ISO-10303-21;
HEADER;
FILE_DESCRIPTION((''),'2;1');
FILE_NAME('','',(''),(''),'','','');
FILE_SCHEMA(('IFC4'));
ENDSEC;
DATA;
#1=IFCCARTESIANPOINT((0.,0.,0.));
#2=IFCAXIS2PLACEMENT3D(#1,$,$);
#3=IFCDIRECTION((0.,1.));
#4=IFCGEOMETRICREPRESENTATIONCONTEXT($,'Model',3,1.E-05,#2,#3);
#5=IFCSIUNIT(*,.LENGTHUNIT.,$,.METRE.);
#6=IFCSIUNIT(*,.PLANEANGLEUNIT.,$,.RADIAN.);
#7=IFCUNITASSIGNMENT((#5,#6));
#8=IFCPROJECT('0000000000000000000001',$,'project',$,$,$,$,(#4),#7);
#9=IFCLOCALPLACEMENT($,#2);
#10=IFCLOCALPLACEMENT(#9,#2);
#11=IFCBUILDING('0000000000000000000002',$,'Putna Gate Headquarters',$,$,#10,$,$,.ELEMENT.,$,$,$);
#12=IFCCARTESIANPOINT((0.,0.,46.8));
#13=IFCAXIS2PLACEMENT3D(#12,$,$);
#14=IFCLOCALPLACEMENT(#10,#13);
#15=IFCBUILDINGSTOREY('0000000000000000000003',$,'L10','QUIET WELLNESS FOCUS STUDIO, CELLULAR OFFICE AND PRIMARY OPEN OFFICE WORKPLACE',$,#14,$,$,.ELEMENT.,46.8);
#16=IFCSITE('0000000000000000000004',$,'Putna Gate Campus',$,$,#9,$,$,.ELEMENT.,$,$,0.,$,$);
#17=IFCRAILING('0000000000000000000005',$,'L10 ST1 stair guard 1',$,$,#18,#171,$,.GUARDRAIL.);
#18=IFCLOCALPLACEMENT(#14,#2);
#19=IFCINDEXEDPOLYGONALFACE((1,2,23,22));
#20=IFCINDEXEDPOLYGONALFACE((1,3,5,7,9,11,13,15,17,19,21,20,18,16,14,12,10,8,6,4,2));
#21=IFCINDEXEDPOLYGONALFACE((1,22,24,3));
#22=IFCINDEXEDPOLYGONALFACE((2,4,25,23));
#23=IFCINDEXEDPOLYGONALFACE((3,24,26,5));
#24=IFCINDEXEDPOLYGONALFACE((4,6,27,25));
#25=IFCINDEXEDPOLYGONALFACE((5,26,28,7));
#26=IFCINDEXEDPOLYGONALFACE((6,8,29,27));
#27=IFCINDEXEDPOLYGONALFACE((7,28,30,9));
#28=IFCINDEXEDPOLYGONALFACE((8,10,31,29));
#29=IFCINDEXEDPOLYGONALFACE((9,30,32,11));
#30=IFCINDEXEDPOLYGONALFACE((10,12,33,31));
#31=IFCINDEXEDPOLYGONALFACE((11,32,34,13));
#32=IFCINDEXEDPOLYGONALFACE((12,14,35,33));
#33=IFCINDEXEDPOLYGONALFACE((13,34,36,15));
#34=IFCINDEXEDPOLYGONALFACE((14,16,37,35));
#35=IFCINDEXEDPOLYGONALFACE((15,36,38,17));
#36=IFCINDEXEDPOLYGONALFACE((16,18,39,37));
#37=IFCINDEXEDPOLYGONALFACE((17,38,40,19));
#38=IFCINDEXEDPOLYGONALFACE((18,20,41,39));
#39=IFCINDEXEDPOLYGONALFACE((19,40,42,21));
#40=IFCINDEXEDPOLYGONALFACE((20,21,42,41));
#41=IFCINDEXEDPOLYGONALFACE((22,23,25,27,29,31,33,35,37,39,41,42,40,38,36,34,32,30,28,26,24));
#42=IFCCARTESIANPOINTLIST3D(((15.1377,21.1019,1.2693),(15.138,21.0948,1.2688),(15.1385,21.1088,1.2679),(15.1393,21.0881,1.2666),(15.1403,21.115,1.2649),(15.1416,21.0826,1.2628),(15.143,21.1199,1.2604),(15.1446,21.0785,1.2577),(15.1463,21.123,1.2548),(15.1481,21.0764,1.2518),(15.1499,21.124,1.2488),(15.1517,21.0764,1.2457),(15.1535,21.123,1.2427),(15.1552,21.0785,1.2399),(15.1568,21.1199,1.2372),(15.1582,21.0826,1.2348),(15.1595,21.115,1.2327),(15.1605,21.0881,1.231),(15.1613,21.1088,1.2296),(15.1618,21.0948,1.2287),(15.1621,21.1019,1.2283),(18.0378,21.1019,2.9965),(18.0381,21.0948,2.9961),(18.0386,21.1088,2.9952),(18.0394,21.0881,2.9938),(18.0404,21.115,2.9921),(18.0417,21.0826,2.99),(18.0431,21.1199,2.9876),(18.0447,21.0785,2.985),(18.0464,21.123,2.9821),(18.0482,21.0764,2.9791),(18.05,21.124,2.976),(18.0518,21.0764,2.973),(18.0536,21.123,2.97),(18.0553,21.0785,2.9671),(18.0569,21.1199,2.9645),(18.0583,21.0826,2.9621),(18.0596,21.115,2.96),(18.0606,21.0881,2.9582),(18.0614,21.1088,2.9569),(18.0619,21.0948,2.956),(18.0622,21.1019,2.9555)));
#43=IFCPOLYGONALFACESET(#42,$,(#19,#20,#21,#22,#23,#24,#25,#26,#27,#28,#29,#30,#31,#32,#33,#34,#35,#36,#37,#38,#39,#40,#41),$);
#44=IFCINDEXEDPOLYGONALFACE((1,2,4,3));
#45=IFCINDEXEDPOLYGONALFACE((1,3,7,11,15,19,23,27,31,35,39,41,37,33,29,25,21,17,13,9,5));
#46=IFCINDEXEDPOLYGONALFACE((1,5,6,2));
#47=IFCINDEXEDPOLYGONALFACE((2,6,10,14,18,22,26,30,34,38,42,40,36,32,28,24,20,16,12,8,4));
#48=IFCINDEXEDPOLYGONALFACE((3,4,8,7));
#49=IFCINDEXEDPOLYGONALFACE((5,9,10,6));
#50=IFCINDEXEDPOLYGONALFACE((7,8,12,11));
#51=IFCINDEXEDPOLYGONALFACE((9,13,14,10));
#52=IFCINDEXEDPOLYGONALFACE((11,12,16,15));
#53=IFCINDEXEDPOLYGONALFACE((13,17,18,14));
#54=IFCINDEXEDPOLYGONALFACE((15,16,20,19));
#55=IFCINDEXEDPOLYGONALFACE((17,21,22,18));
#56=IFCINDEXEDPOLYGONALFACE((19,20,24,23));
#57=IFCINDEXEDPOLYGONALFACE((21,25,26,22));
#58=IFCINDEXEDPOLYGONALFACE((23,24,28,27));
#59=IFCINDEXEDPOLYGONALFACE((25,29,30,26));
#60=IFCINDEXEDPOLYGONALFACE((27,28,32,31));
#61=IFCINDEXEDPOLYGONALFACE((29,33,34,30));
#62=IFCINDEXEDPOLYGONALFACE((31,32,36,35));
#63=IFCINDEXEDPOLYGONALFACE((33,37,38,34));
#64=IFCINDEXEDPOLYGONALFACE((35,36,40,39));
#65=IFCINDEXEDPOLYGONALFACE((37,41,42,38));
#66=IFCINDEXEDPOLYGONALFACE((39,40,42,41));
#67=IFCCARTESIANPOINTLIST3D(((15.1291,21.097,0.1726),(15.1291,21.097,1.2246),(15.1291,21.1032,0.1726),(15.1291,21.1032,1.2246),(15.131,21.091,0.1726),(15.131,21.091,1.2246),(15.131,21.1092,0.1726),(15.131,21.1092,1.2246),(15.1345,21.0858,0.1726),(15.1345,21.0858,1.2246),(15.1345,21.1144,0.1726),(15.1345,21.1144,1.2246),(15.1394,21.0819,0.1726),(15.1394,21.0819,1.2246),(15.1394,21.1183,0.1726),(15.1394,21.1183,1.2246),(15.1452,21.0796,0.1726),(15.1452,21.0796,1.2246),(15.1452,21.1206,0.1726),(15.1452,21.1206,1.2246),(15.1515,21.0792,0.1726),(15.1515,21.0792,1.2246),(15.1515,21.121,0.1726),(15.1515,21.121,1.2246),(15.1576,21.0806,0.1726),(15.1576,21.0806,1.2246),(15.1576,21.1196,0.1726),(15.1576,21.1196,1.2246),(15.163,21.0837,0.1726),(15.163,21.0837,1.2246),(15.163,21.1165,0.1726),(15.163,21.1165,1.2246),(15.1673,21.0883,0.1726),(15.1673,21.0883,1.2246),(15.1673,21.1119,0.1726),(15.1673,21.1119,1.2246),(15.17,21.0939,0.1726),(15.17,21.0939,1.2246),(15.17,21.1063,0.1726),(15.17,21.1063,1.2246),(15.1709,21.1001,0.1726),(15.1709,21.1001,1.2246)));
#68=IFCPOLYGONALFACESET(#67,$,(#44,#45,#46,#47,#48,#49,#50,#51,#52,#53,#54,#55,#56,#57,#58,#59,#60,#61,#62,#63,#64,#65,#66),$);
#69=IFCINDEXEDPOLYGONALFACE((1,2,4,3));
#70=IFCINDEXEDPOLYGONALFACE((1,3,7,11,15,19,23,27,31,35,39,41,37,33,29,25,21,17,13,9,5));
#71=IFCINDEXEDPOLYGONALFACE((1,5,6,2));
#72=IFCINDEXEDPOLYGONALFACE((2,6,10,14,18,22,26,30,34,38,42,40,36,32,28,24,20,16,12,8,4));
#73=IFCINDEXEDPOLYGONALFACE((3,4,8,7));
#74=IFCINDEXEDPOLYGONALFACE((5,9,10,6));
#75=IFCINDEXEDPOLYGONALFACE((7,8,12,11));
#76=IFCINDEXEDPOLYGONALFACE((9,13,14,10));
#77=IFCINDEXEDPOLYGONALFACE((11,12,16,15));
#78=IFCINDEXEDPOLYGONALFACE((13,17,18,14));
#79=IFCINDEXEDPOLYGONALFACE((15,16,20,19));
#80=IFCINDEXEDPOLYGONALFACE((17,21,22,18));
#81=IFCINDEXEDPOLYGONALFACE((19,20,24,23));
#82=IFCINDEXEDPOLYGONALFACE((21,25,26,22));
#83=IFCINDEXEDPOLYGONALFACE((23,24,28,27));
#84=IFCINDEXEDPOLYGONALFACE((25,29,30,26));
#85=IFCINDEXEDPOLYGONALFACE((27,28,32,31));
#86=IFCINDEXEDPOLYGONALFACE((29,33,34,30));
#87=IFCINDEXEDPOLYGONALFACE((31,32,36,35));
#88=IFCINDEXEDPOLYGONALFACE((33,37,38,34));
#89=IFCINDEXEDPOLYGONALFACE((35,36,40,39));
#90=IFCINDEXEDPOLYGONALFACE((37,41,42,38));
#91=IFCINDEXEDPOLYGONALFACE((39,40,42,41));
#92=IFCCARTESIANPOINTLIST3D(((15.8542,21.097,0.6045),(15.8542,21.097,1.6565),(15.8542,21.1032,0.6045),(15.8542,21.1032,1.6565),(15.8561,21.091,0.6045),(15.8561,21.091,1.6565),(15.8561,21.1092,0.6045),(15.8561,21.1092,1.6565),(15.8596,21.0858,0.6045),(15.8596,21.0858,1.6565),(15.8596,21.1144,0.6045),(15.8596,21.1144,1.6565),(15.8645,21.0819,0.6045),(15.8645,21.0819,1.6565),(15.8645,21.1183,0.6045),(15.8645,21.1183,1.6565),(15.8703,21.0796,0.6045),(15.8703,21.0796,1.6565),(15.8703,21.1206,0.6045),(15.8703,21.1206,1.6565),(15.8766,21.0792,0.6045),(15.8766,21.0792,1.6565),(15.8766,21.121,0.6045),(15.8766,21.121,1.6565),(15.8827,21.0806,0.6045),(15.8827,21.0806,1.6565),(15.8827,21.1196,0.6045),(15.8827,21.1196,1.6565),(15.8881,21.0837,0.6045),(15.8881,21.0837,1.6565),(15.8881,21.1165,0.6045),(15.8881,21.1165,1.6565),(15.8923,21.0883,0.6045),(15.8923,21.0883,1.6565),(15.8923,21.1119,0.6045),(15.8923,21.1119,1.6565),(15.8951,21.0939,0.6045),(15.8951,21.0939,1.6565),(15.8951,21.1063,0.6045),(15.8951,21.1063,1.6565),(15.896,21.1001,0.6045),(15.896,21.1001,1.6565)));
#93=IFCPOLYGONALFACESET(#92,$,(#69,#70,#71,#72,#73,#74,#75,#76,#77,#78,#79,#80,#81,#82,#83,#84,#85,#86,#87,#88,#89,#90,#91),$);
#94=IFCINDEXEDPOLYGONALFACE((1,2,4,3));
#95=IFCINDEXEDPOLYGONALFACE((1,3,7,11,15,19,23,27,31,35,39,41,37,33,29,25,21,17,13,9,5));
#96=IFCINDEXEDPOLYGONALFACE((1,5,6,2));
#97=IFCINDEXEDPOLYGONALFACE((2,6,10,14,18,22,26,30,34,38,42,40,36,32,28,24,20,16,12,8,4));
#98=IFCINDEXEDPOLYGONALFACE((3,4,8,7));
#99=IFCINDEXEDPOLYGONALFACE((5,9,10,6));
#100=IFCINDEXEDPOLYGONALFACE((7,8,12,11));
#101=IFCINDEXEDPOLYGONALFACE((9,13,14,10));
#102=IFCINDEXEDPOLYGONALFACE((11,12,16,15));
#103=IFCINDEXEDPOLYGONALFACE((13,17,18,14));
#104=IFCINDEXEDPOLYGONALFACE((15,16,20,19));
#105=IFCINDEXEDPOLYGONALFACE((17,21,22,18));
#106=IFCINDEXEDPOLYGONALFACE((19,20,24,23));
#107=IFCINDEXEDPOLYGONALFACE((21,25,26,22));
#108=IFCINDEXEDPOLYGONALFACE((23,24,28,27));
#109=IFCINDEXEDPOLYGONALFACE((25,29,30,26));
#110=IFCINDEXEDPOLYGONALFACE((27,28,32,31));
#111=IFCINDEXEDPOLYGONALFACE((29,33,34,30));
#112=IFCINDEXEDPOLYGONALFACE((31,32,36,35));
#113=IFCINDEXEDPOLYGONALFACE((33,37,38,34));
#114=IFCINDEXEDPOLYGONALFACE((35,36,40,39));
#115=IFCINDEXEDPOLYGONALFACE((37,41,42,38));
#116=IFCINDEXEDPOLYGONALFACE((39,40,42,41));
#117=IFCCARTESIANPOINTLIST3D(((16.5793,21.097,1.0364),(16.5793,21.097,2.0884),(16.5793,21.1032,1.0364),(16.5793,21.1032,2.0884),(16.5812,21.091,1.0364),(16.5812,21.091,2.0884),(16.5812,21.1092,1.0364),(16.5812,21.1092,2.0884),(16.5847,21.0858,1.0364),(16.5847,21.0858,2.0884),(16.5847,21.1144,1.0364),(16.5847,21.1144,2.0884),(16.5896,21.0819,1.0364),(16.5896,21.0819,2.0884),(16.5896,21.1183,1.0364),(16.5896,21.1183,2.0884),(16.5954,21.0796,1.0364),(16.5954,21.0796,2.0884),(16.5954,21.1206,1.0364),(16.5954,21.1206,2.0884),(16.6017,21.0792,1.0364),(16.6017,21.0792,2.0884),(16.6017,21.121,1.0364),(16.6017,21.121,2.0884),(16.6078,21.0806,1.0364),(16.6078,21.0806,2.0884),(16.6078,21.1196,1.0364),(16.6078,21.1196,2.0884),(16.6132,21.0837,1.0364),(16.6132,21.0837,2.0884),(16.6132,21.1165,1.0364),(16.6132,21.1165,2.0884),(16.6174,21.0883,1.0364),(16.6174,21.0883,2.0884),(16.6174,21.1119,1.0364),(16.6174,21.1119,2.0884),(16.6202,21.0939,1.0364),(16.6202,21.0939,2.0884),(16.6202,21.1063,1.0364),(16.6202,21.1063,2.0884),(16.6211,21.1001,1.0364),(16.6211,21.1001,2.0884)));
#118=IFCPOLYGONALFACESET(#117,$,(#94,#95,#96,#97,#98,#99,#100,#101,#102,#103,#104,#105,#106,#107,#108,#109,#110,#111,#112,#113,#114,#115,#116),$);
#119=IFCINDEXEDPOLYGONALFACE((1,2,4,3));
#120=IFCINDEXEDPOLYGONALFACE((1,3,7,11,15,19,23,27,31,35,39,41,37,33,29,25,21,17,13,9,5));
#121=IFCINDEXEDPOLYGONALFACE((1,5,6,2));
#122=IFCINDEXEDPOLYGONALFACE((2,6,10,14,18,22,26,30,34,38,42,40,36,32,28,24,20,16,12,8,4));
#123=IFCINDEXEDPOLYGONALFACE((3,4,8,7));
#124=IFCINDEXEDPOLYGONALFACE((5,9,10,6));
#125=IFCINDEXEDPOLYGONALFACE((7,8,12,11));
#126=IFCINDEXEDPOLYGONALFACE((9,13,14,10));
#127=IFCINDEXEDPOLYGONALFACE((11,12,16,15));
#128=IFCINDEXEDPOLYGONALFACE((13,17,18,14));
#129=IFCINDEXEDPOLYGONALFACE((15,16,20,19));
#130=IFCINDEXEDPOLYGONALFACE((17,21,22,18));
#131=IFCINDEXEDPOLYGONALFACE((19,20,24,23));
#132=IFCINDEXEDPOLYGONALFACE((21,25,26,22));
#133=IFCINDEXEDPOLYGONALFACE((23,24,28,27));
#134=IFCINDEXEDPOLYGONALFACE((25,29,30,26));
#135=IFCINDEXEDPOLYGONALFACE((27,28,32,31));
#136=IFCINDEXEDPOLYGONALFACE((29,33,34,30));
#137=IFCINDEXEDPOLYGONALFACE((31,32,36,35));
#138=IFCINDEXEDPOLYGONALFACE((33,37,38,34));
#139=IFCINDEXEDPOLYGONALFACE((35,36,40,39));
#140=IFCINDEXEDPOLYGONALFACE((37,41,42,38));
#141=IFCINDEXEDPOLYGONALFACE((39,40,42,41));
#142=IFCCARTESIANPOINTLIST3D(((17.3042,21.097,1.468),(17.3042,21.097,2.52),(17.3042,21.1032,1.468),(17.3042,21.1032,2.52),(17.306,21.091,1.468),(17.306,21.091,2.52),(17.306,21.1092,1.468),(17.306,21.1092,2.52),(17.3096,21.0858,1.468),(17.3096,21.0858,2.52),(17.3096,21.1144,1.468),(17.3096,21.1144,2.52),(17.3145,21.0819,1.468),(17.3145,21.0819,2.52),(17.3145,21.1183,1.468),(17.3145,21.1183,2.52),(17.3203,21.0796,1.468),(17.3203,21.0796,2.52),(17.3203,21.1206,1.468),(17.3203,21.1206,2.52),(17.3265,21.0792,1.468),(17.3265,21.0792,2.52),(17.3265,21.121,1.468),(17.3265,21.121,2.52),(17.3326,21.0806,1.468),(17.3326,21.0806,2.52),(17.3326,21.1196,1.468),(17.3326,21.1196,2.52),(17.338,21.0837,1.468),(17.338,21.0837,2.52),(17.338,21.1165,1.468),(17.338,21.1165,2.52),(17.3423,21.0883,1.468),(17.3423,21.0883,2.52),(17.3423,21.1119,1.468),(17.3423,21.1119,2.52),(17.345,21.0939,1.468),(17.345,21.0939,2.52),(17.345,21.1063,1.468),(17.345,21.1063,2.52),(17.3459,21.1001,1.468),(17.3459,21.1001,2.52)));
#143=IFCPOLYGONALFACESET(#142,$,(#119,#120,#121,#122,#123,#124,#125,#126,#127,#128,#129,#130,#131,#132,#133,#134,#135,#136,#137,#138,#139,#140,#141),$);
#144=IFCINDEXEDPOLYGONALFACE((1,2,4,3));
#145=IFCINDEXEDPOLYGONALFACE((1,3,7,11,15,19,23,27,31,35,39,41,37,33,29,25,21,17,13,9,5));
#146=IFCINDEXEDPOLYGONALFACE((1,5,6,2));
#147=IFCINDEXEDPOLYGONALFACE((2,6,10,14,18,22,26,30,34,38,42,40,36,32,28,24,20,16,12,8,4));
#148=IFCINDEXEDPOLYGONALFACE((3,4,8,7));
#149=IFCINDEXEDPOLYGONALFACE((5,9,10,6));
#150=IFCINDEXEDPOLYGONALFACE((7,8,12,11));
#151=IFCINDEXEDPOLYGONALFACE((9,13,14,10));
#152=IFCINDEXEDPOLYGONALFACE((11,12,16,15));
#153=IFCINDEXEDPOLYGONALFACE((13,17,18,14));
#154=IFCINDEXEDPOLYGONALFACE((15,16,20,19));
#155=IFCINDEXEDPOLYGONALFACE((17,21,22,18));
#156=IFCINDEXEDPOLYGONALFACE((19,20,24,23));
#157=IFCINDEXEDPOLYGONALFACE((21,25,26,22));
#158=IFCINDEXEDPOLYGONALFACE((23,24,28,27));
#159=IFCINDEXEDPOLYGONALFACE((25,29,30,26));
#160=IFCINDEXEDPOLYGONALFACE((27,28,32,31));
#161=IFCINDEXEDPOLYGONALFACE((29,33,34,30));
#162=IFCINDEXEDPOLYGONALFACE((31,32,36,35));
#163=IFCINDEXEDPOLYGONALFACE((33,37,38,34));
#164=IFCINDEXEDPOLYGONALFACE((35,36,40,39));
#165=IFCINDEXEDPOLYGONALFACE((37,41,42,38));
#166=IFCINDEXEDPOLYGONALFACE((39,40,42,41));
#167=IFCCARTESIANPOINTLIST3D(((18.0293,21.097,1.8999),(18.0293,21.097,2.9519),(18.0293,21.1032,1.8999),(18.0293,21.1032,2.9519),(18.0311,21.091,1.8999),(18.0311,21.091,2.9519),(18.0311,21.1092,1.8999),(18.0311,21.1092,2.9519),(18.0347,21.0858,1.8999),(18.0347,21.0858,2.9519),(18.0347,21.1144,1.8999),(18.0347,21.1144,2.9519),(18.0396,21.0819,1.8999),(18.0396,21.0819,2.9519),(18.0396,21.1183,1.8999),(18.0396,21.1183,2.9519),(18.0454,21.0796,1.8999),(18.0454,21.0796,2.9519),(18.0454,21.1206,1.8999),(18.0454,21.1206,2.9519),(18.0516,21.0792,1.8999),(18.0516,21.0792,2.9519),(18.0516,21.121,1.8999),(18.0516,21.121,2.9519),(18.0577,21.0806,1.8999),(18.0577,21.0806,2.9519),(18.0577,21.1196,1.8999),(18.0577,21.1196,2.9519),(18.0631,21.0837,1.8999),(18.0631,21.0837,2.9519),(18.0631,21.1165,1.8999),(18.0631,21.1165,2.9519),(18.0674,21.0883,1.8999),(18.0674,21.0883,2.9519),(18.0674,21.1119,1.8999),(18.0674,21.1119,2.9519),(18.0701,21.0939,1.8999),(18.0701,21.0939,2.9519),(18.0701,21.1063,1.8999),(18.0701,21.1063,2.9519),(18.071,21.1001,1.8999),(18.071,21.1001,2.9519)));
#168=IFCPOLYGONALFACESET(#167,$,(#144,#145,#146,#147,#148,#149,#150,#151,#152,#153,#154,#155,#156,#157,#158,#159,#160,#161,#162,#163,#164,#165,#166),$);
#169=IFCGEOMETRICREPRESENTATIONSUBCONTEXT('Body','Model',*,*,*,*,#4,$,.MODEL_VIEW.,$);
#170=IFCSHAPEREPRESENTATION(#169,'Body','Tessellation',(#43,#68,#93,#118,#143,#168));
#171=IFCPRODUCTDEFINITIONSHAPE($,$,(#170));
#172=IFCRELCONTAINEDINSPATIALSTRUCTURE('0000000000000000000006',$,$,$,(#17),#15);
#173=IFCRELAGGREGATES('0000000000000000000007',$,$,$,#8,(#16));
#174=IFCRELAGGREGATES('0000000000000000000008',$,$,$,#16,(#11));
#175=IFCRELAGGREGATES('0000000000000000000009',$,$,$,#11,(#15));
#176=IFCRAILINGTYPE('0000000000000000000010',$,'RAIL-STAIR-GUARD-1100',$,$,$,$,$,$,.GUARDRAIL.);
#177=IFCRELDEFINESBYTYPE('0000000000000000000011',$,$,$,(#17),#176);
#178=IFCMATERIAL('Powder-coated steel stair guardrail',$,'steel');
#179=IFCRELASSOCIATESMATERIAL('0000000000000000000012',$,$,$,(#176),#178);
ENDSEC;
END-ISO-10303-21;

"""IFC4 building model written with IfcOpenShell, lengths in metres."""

from ifc_helpers import new_model, si_unit, direction, frame, origin, origin_2d, place, context, subcontext, project, spatial, circle, extrude, material, type_object, element, save


model = new_model("IFC4")

# Units and contexts
model_context = context("Model", 3, precision=1e-05, world=origin(), true_north=direction((0.0, 1.0)))
body_context = subcontext(model_context, "Body", "Model", "MODEL_VIEW")
ifc_project = project(units=[si_unit("LENGTHUNIT", "METRE"), si_unit("PLANEANGLEUNIT", "RADIAN")], contexts=[model_context])

# Site, building, storey
site_placement = place(None, origin())
site = spatial("IfcSite", under=ifc_project, at=site_placement, Name="Putna Gate Campus", CompositionType="ELEMENT", RefElevation=0.0)
building_placement = place(site_placement, origin())
building = spatial("IfcBuilding", under=site, at=building_placement, Name="Putna Gate Headquarters", CompositionType="ELEMENT")
storey_placement = place(building_placement, frame((0.0, 0.0, 46.8)))
storey = spatial("IfcBuildingStorey", under=building, at=storey_placement, Name="L10", Description="QUIET WELLNESS FOCUS STUDIO, CELLULAR OFFICE AND PRIMARY OPEN OFFICE WORKPLACE", CompositionType="ELEMENT", Elevation=46.8)

# Railing
ifc_material_1 = material(Name="Powder-coated steel stair guardrail", Category="steel")
railing_type_1 = type_object("IfcRailingType", Name="RAIL-STAIR-GUARD-1100", PredefinedType="GUARDRAIL", material=ifc_material_1)
railing_1_placement = place(storey_placement, frame((15.1499, 21.1001, 0.1726)))
element("IfcRailing", 1, at=railing_1_placement, inside=storey, type_object=railing_type_1, Name="L10 ST1 stair guard 1", PredefinedType="GUARDRAIL", context=body_context, shape_type="SweptSolid", body=[
    extrude(circle(Radius=0.0239, at=origin_2d()), frame((0.0, 0.0, 1.0762), z_axis=(0.85916, 0.0, 0.511706), x_axis=(0.0, 1.0, 0.0)), (0.0, 0.0, 1.0), 3.3755),
    extrude(circle(Radius=0.021, at=origin_2d()), origin(), (0.0, 0.0, 1.0), 1.052),
    extrude(circle(Radius=0.021, at=origin_2d()), frame((0.7251, 0.0, 0.4319)), (0.0, 0.0, 1.0), 1.052),
    extrude(circle(Radius=0.021, at=origin_2d()), frame((1.4502, 0.0, 0.8638)), (0.0, 0.0, 1.0), 1.052),
    extrude(circle(Radius=0.021, at=origin_2d()), frame((2.175, 0.0, 1.2954)), (0.0, 0.0, 1.0), 1.052),
    extrude(circle(Radius=0.021, at=origin_2d()), frame((2.9001, 0.0, 1.7273)), (0.0, 0.0, 1.0), 1.052),
])

save(model, "model.ifc")
